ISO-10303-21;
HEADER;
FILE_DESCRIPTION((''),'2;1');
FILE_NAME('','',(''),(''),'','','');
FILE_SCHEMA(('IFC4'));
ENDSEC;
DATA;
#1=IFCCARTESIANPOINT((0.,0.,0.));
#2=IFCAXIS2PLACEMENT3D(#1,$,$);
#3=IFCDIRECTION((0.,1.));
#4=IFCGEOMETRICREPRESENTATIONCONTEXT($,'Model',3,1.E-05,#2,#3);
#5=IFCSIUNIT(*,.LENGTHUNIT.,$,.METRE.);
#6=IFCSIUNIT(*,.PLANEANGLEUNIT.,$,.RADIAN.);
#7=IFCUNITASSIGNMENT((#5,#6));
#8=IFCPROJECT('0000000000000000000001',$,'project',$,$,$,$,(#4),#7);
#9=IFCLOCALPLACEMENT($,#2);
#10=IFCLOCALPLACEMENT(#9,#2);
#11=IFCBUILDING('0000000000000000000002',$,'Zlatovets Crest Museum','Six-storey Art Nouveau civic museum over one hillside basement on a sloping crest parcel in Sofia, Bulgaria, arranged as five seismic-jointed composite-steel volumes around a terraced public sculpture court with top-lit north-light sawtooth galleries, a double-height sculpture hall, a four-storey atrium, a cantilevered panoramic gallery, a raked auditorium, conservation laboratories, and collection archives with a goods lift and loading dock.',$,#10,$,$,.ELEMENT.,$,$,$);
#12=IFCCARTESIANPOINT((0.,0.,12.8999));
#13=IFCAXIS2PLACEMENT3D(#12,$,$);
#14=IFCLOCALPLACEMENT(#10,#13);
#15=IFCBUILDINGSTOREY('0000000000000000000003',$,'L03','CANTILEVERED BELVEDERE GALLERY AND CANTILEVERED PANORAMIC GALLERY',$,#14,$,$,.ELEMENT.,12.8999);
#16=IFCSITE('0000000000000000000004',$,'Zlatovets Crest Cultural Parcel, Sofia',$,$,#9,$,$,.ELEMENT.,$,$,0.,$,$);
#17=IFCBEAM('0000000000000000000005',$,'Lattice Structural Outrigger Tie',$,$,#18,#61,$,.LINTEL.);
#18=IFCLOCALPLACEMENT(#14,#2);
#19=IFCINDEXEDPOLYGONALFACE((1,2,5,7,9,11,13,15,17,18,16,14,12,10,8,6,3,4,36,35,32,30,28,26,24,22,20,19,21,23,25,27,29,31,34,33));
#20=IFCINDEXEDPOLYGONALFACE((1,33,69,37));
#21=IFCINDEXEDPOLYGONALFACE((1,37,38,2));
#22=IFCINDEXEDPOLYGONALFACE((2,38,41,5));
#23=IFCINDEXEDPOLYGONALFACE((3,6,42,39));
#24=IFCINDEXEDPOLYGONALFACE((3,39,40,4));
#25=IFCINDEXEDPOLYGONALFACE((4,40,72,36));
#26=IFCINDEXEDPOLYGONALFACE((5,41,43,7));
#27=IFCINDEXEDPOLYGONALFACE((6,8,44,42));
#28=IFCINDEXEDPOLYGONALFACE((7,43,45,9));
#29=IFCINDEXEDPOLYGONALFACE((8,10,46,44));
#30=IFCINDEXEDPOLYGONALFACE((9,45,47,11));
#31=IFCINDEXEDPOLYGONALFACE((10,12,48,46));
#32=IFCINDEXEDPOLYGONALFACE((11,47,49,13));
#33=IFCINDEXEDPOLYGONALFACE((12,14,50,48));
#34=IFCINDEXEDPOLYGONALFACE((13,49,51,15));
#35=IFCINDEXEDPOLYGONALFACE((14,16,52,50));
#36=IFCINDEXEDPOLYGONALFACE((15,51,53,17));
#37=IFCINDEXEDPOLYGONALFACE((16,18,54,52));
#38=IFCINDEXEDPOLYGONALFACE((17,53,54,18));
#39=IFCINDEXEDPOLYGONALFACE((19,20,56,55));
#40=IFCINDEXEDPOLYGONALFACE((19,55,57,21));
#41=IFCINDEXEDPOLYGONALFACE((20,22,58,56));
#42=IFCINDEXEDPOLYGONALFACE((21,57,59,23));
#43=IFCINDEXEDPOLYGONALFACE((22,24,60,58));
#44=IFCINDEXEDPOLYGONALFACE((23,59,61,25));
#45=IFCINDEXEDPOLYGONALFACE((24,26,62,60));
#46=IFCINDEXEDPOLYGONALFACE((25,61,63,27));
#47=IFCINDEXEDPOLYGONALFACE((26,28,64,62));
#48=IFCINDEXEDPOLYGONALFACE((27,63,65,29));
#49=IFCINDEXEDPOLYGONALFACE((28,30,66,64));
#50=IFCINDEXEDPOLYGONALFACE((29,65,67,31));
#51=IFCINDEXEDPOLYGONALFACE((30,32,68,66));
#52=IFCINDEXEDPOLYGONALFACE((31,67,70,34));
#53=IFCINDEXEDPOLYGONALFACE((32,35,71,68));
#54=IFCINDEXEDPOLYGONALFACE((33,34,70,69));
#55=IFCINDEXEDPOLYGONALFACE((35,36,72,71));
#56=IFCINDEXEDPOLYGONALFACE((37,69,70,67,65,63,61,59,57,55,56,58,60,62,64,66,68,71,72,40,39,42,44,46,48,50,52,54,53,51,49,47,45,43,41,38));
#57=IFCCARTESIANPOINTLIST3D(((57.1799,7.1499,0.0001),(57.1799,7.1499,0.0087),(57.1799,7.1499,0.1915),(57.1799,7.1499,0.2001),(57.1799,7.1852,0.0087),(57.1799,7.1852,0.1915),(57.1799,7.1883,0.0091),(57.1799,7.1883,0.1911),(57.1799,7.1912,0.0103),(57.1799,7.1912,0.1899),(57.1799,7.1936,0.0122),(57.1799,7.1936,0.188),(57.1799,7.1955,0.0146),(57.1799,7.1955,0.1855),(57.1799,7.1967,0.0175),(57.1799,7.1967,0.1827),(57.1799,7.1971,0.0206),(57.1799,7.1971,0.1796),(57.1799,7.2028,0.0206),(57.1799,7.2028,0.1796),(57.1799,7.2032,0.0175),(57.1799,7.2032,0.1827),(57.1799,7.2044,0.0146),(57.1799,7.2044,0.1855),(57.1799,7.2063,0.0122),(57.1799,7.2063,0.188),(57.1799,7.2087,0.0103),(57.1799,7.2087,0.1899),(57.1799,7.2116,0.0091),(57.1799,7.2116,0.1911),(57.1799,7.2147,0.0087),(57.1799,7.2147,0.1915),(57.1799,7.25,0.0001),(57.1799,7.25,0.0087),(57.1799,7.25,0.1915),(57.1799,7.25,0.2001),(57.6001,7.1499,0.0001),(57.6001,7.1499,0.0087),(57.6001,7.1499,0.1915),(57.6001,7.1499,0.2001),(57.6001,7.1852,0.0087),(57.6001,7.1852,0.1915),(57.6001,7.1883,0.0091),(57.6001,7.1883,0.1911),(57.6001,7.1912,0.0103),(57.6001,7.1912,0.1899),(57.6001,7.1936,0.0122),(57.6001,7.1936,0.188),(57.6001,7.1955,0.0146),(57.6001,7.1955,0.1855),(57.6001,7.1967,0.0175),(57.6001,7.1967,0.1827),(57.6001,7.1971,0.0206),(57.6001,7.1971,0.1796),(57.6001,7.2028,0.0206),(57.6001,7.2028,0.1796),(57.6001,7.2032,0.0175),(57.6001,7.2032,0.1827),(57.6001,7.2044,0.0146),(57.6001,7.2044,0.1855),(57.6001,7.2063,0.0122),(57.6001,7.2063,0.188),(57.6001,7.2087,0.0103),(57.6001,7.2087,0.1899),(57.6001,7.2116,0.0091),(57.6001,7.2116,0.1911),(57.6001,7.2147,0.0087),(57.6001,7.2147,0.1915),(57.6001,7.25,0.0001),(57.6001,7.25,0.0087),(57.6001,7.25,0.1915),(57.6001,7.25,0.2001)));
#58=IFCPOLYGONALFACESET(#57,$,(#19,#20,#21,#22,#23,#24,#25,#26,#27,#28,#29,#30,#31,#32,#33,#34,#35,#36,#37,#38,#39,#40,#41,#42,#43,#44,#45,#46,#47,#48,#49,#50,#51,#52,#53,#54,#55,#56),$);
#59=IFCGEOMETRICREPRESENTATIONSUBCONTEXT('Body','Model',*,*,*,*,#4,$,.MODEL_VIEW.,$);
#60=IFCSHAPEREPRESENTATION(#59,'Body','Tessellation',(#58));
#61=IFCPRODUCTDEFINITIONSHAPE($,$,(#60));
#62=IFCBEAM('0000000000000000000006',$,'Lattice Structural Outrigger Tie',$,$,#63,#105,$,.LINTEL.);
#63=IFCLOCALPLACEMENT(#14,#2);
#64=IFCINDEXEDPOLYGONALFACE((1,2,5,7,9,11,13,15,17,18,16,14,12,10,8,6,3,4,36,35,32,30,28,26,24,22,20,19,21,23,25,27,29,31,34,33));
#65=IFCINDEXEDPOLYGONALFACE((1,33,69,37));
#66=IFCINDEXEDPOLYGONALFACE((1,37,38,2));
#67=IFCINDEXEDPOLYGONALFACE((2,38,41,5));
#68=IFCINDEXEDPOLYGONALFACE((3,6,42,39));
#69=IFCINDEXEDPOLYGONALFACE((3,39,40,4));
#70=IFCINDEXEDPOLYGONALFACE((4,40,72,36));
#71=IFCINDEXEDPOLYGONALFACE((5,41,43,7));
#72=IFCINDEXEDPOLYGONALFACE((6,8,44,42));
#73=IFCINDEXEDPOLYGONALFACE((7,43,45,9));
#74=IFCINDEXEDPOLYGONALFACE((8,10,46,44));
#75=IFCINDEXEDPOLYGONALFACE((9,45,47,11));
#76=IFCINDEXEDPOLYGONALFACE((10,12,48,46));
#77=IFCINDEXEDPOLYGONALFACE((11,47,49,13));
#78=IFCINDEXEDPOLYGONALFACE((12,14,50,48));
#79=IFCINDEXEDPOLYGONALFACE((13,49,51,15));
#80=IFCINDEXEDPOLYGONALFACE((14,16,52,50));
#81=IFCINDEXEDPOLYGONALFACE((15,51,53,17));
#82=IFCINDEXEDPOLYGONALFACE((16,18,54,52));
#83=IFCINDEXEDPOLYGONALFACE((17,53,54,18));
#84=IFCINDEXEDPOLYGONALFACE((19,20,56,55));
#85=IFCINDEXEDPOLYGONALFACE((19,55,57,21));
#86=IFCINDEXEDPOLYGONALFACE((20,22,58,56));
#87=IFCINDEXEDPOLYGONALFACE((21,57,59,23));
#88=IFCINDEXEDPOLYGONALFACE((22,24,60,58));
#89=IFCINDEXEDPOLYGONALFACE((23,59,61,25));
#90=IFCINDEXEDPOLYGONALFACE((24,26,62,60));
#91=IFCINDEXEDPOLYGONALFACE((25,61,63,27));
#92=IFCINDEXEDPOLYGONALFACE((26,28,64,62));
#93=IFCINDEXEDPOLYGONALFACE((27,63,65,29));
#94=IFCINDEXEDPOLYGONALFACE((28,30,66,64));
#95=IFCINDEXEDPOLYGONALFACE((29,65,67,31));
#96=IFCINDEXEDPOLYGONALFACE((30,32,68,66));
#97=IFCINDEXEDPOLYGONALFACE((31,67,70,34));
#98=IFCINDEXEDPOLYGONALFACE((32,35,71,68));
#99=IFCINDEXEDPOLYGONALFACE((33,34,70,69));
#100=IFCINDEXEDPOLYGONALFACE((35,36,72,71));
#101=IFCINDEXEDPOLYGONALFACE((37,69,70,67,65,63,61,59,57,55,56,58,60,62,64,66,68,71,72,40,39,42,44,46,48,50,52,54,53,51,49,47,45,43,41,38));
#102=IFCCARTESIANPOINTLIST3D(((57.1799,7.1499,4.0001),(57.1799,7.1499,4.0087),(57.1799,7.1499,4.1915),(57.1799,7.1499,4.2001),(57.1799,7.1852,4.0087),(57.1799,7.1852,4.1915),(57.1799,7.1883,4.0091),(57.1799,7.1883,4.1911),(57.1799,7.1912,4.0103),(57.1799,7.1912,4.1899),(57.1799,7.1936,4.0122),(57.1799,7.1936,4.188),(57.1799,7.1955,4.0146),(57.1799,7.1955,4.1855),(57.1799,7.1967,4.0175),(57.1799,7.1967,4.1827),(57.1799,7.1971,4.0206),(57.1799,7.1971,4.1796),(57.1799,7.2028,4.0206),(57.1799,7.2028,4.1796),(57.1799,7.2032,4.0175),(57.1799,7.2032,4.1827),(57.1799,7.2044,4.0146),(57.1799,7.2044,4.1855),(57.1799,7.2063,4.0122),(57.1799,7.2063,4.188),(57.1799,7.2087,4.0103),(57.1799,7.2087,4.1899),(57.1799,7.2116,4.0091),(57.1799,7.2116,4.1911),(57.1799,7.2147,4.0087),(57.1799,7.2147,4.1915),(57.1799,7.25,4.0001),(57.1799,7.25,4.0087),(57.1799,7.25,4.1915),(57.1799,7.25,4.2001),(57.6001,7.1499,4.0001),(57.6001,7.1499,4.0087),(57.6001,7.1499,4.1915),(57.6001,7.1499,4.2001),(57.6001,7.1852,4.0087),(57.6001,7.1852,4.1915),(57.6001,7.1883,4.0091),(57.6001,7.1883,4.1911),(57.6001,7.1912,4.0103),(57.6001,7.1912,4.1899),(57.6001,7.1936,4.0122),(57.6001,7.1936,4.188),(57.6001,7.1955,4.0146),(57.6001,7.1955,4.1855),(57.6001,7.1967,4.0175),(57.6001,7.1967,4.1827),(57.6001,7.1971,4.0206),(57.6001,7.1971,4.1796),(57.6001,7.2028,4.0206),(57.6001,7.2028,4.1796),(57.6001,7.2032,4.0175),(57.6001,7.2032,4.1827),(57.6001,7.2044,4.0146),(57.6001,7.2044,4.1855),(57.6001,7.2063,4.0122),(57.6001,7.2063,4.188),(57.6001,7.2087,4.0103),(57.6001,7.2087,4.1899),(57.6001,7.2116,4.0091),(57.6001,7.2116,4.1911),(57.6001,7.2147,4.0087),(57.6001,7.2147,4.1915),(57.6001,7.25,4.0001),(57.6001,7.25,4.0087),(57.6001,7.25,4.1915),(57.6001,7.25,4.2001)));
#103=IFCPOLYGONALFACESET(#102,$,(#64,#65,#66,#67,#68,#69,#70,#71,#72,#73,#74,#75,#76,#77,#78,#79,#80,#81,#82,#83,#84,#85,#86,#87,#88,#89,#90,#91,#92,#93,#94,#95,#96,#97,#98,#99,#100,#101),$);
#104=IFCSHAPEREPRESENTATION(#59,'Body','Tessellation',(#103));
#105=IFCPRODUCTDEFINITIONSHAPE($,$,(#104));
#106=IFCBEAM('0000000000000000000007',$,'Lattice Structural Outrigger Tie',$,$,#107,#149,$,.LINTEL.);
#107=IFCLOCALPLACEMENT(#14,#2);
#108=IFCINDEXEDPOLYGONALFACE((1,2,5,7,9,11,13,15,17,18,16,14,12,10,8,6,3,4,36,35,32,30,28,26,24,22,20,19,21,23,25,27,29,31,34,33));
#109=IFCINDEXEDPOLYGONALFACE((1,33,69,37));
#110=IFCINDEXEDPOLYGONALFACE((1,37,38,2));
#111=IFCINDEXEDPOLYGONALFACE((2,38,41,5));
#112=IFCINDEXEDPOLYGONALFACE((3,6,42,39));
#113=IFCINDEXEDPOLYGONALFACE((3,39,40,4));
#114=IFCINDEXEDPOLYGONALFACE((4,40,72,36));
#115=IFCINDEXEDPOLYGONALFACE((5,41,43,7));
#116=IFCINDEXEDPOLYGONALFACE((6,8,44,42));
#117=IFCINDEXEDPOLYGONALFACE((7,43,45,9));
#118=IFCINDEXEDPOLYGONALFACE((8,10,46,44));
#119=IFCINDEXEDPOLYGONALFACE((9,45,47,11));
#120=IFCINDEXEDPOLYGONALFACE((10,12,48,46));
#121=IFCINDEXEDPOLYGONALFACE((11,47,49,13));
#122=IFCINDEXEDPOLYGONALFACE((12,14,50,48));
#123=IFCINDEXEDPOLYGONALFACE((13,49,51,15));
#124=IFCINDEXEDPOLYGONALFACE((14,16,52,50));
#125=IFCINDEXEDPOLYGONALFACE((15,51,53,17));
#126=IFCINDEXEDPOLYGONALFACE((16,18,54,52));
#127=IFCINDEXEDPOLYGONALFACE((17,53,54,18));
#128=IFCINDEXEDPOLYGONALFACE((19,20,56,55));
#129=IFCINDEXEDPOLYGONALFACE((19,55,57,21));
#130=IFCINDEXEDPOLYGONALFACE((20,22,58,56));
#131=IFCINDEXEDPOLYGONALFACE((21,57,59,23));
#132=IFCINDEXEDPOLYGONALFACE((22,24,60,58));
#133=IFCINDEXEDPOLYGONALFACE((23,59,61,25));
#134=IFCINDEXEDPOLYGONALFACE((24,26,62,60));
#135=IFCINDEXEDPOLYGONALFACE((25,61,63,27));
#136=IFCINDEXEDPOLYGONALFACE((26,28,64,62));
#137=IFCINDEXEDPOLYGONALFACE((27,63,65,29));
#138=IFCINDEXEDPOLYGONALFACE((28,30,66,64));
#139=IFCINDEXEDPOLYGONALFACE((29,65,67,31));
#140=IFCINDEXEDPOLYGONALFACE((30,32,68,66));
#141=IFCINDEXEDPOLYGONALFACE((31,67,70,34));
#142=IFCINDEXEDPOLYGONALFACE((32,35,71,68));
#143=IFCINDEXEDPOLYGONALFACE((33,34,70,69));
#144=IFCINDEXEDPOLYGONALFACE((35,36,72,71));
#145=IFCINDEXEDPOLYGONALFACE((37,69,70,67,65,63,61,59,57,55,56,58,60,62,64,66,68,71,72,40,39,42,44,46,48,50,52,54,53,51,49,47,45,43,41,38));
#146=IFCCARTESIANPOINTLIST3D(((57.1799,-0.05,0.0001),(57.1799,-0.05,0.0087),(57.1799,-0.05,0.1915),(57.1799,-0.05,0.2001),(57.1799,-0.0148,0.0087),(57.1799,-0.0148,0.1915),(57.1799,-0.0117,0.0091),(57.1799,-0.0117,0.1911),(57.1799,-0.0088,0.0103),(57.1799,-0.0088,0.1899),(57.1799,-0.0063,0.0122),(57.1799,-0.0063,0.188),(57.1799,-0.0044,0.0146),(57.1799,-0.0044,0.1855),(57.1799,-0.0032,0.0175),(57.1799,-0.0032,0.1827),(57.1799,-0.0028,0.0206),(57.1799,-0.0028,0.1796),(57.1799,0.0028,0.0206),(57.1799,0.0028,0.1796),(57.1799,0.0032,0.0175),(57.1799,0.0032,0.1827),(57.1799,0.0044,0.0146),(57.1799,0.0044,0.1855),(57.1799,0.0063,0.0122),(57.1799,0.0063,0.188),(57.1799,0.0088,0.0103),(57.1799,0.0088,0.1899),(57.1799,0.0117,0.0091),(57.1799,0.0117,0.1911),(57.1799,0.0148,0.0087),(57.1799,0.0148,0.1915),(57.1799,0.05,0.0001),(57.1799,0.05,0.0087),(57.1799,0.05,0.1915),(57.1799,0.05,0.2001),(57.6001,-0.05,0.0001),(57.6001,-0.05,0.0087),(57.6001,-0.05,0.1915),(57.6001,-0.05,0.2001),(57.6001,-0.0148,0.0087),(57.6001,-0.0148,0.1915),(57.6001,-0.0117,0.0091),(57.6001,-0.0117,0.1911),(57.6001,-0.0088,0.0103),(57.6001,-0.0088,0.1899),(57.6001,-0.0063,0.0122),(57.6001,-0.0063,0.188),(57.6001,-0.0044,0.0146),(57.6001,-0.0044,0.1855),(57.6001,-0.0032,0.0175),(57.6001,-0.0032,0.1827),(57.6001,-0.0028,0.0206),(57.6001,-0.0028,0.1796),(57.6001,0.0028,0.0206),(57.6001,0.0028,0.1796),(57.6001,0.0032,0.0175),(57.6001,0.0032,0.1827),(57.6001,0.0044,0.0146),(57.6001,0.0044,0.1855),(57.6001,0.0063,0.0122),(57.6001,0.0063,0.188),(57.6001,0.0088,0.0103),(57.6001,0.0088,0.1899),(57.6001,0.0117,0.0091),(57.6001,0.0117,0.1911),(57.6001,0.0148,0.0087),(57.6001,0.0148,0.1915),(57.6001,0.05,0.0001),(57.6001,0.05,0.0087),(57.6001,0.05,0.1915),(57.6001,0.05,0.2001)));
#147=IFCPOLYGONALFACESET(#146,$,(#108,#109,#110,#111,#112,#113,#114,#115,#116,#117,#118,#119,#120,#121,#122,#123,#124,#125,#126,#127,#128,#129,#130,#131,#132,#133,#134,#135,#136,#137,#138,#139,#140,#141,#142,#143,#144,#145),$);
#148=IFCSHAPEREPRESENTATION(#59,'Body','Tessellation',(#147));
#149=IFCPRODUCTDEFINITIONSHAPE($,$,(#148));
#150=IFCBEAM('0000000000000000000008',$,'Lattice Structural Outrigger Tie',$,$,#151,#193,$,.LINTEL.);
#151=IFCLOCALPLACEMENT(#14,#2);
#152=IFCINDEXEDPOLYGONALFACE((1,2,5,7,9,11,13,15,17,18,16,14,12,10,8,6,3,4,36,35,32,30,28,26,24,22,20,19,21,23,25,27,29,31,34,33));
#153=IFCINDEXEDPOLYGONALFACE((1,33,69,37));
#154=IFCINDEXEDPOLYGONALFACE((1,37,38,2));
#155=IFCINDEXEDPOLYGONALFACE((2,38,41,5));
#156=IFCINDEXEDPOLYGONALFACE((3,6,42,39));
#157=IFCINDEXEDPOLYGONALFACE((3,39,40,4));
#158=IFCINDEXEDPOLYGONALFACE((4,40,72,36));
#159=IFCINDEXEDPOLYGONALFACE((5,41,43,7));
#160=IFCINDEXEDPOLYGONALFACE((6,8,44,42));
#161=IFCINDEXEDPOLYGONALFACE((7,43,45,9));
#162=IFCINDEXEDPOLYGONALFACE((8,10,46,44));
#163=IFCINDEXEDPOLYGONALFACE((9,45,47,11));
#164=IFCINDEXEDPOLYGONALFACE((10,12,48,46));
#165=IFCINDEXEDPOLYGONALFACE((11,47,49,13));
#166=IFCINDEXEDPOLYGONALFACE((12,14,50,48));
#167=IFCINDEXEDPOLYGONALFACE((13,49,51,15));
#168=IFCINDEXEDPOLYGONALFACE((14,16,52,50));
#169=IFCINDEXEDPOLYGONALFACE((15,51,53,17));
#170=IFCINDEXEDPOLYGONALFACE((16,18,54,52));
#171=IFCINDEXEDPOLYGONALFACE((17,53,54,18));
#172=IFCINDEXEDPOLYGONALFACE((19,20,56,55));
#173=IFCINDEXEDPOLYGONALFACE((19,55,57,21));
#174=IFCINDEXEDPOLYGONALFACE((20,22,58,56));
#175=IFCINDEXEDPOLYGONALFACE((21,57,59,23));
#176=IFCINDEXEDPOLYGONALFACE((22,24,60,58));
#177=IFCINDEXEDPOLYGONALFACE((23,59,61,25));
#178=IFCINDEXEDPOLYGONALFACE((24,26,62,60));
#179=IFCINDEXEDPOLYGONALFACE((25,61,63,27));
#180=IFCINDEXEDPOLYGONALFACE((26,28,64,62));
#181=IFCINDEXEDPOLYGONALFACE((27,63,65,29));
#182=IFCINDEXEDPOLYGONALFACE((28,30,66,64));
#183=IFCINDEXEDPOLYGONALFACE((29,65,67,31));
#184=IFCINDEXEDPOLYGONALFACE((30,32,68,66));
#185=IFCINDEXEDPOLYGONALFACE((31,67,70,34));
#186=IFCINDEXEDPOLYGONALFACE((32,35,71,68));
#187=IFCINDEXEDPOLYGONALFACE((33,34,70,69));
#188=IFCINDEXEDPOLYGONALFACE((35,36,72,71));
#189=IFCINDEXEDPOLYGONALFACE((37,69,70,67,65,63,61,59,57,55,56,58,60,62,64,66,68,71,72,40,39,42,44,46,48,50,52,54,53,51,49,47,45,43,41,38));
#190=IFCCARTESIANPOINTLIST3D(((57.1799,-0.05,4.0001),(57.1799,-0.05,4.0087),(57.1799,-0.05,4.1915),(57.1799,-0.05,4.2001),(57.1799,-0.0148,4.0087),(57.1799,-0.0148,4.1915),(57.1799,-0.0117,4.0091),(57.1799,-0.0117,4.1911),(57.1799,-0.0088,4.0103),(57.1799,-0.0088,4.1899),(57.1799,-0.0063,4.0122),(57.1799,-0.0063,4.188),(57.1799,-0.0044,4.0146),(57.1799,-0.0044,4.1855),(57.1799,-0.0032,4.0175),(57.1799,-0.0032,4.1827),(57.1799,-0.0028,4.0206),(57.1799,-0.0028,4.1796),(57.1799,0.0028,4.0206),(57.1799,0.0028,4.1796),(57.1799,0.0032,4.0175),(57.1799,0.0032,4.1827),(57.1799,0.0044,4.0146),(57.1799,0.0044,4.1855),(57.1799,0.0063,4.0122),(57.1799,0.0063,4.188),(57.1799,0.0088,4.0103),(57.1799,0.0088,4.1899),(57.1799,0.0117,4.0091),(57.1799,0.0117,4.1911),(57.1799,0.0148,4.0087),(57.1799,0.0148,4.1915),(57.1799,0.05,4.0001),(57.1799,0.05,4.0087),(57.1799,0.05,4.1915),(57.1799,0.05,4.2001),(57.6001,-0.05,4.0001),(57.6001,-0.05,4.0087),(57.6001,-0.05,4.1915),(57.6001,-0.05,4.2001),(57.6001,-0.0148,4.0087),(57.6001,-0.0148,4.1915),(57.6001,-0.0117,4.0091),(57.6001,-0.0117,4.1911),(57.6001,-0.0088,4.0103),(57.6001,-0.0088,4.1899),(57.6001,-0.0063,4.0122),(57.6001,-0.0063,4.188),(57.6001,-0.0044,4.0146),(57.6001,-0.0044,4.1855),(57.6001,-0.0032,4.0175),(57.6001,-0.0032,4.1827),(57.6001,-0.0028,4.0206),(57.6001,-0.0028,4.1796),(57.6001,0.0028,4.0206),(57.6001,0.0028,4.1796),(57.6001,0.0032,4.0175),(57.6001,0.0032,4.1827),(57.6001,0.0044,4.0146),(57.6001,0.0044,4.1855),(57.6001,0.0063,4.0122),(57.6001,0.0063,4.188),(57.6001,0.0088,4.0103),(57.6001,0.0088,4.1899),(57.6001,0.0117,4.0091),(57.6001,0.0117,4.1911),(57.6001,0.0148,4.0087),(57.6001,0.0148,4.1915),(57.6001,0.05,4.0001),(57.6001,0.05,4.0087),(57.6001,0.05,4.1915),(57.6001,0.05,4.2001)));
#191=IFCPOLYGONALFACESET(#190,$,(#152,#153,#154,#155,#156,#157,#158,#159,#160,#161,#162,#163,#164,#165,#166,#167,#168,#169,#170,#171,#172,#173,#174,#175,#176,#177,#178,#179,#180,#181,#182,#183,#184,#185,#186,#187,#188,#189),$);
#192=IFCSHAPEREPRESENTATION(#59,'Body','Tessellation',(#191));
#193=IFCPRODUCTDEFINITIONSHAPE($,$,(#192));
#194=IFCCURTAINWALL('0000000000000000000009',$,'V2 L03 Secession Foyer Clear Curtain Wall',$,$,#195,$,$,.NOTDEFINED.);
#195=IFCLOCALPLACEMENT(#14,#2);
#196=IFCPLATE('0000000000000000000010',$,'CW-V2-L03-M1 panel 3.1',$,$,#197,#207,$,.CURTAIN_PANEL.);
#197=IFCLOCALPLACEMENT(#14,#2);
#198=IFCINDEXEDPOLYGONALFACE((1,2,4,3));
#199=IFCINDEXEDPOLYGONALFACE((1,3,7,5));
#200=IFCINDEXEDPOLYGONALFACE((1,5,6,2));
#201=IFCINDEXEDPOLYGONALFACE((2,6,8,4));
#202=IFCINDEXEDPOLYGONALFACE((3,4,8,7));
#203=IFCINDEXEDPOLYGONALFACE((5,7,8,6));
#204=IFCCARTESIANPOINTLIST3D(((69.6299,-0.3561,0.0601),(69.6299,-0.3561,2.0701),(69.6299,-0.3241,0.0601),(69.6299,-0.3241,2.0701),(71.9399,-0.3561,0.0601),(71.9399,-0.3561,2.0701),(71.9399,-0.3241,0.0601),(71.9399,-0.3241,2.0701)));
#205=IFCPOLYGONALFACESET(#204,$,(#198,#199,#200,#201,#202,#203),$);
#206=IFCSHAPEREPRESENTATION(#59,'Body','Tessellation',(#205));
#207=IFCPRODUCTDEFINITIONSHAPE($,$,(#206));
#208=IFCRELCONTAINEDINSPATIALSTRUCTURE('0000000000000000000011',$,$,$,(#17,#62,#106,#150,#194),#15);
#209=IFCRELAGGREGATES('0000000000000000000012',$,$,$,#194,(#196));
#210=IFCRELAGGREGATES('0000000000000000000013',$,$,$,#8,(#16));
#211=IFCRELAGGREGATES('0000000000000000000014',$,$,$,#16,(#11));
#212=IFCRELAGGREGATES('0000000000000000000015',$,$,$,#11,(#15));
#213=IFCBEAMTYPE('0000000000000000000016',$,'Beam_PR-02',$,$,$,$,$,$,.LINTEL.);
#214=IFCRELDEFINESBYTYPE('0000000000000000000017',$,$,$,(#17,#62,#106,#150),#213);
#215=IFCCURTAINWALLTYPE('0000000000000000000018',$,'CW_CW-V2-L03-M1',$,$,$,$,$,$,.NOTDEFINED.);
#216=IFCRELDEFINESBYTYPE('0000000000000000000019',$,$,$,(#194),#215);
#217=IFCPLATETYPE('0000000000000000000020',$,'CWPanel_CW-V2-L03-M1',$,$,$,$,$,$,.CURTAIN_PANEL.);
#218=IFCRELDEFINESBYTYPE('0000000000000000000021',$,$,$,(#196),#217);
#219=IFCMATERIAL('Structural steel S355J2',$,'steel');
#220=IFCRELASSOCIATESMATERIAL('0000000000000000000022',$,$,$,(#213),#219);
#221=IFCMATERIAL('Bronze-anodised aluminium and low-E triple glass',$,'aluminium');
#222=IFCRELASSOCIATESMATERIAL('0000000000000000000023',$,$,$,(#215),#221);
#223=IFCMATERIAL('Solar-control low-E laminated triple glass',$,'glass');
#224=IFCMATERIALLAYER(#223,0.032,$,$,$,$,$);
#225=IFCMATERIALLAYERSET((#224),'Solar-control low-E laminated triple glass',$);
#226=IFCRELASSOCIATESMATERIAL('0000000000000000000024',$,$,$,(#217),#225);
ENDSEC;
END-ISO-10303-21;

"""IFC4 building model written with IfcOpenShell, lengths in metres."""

from ifc_helpers import new_model, si_unit, direction, frame, origin, origin_2d, place, context, subcontext, project, spatial, rectangle, i_section, extrude, material, layer, layer_set, material_profile, profile_set, type_object, element, aggregate, save


model = new_model("IFC4")

# Units and contexts
model_context = context("Model", 3, precision=1e-05, world=origin(), true_north=direction((0.0, 1.0)))
body_context = subcontext(model_context, "Body", "Model", "MODEL_VIEW")
ifc_project = project(units=[si_unit("LENGTHUNIT", "METRE"), si_unit("PLANEANGLEUNIT", "RADIAN")], contexts=[model_context])

# Site, building, storey
site_placement = place(None, origin())
site = spatial("IfcSite", under=ifc_project, at=site_placement, Name="Zlatovets Crest Cultural Parcel, Sofia", CompositionType="ELEMENT", RefElevation=0.0)
building_placement = place(site_placement, origin())
building = spatial("IfcBuilding", under=site, at=building_placement, Name="Zlatovets Crest Museum", Description="Six-storey Art Nouveau civic museum over one hillside basement on a sloping crest parcel in Sofia, Bulgaria, arranged as five seismic-jointed composite-steel volumes around a terraced public sculpture court with top-lit north-light sawtooth galleries, a double-height sculpture hall, a four-storey atrium, a cantilevered panoramic gallery, a raked auditorium, conservation laboratories, and collection archives with a goods lift and loading dock.", CompositionType="ELEMENT")
storey_placement = place(building_placement, frame((0.0, 0.0, 12.8999)))
storey = spatial("IfcBuildingStorey", under=building, at=storey_placement, Name="L03", Description="CANTILEVERED BELVEDERE GALLERY AND CANTILEVERED PANORAMIC GALLERY", CompositionType="ELEMENT", Elevation=12.8999)

# Shared definitions
ifc_material_1 = material(Name="Structural steel S355J2", Category="steel")

# Beams
ifc_material_profile_1 = material_profile(ifc_material_1, i_section(OverallWidth=0.1001, OverallDepth=0.2, WebThickness=0.0056, FlangeThickness=0.0085, FilletRadius=0.012, at=origin_2d()), Name="IPE 200")
ifc_profile_set_1 = profile_set([ifc_material_profile_1], Name="Structural steel S355J2")
beam_type_1 = type_object("IfcBeamType", Name="Beam_PR-02", PredefinedType="LINTEL", material=ifc_profile_set_1)
for number, where, z_axis, x_axis, name in (
    (1, (57.6001, 7.2, 0.1001), (-1.0, 0.0, 0.0), (0.0, -1.0, 0.0), "Lattice Structural Outrigger Tie"),
    (2, (57.6001, 7.2, 4.1001), (-1.0, 0.0, 0.0), (0.0, -1.0, 0.0), "Lattice Structural Outrigger Tie"),
    (3, (57.6001, 0.0, 0.1001), (-1.0, 0.0, 0.0), (0.0, -1.0, 0.0), "Lattice Structural Outrigger Tie"),
    (4, (57.6001, 0.0, 4.1001), (-1.0, 0.0, 0.0), (0.0, -1.0, 0.0), "Lattice Structural Outrigger Tie"),
):
    element("IfcBeam", number, at=place(storey_placement, frame(where, z_axis=z_axis, x_axis=x_axis)), inside=storey, type_object=beam_type_1, Name=name, PredefinedType="LINTEL", context=body_context, shape_type="SweptSolid", body=[
        extrude(i_section(OverallWidth=0.1001, OverallDepth=0.2, WebThickness=0.0056, FlangeThickness=0.0085, FilletRadius=0.012, at=origin_2d()), origin(), (0.0, 0.0, 1.0), 0.4202),
    ])

# Curtain wall, plate
ifc_material_2 = material(Name="Bronze-anodised aluminium and low-E triple glass", Category="aluminium")
curtain_wall_type = type_object("IfcCurtainWallType", Name="CW_CW-V2-L03-M1", PredefinedType="NOTDEFINED", material=ifc_material_2)
curtain_wall_placement = place(storey_placement, origin())
curtain_wall = element("IfcCurtainWall", 5, at=curtain_wall_placement, inside=storey, type_object=curtain_wall_type, Name="V2 L03 Secession Foyer Clear Curtain Wall", PredefinedType="NOTDEFINED")
ifc_material_3 = material(Name="Solar-control low-E laminated triple glass", Category="glass")
ifc_layer_1 = layer(ifc_material_3, 0.032)
ifc_layer_set_1 = layer_set([ifc_layer_1], Name="Solar-control low-E laminated triple glass")
plate_type = type_object("IfcPlateType", Name="CWPanel_CW-V2-L03-M1", PredefinedType="CURTAIN_PANEL", material=ifc_layer_set_1)
plate_1_placement = place(storey_placement, frame((70.7849, -0.3401, 0.0601), z_axis=(0.0, 0.0, 1.0), x_axis=(1.0, 0.0, 0.0)))
plate_1 = element("IfcPlate", 6, at=plate_1_placement, type_object=plate_type, Name="CW-V2-L03-M1 panel 3.1", PredefinedType="CURTAIN_PANEL", context=body_context, shape_type="SweptSolid", body=[
    extrude(rectangle(XDim=2.3101, YDim=0.032, at=origin_2d()), origin(), (0.0, 0.0, 1.0), 2.01),
])
aggregate(curtain_wall, [plate_1])

save(model, "model.ifc")
